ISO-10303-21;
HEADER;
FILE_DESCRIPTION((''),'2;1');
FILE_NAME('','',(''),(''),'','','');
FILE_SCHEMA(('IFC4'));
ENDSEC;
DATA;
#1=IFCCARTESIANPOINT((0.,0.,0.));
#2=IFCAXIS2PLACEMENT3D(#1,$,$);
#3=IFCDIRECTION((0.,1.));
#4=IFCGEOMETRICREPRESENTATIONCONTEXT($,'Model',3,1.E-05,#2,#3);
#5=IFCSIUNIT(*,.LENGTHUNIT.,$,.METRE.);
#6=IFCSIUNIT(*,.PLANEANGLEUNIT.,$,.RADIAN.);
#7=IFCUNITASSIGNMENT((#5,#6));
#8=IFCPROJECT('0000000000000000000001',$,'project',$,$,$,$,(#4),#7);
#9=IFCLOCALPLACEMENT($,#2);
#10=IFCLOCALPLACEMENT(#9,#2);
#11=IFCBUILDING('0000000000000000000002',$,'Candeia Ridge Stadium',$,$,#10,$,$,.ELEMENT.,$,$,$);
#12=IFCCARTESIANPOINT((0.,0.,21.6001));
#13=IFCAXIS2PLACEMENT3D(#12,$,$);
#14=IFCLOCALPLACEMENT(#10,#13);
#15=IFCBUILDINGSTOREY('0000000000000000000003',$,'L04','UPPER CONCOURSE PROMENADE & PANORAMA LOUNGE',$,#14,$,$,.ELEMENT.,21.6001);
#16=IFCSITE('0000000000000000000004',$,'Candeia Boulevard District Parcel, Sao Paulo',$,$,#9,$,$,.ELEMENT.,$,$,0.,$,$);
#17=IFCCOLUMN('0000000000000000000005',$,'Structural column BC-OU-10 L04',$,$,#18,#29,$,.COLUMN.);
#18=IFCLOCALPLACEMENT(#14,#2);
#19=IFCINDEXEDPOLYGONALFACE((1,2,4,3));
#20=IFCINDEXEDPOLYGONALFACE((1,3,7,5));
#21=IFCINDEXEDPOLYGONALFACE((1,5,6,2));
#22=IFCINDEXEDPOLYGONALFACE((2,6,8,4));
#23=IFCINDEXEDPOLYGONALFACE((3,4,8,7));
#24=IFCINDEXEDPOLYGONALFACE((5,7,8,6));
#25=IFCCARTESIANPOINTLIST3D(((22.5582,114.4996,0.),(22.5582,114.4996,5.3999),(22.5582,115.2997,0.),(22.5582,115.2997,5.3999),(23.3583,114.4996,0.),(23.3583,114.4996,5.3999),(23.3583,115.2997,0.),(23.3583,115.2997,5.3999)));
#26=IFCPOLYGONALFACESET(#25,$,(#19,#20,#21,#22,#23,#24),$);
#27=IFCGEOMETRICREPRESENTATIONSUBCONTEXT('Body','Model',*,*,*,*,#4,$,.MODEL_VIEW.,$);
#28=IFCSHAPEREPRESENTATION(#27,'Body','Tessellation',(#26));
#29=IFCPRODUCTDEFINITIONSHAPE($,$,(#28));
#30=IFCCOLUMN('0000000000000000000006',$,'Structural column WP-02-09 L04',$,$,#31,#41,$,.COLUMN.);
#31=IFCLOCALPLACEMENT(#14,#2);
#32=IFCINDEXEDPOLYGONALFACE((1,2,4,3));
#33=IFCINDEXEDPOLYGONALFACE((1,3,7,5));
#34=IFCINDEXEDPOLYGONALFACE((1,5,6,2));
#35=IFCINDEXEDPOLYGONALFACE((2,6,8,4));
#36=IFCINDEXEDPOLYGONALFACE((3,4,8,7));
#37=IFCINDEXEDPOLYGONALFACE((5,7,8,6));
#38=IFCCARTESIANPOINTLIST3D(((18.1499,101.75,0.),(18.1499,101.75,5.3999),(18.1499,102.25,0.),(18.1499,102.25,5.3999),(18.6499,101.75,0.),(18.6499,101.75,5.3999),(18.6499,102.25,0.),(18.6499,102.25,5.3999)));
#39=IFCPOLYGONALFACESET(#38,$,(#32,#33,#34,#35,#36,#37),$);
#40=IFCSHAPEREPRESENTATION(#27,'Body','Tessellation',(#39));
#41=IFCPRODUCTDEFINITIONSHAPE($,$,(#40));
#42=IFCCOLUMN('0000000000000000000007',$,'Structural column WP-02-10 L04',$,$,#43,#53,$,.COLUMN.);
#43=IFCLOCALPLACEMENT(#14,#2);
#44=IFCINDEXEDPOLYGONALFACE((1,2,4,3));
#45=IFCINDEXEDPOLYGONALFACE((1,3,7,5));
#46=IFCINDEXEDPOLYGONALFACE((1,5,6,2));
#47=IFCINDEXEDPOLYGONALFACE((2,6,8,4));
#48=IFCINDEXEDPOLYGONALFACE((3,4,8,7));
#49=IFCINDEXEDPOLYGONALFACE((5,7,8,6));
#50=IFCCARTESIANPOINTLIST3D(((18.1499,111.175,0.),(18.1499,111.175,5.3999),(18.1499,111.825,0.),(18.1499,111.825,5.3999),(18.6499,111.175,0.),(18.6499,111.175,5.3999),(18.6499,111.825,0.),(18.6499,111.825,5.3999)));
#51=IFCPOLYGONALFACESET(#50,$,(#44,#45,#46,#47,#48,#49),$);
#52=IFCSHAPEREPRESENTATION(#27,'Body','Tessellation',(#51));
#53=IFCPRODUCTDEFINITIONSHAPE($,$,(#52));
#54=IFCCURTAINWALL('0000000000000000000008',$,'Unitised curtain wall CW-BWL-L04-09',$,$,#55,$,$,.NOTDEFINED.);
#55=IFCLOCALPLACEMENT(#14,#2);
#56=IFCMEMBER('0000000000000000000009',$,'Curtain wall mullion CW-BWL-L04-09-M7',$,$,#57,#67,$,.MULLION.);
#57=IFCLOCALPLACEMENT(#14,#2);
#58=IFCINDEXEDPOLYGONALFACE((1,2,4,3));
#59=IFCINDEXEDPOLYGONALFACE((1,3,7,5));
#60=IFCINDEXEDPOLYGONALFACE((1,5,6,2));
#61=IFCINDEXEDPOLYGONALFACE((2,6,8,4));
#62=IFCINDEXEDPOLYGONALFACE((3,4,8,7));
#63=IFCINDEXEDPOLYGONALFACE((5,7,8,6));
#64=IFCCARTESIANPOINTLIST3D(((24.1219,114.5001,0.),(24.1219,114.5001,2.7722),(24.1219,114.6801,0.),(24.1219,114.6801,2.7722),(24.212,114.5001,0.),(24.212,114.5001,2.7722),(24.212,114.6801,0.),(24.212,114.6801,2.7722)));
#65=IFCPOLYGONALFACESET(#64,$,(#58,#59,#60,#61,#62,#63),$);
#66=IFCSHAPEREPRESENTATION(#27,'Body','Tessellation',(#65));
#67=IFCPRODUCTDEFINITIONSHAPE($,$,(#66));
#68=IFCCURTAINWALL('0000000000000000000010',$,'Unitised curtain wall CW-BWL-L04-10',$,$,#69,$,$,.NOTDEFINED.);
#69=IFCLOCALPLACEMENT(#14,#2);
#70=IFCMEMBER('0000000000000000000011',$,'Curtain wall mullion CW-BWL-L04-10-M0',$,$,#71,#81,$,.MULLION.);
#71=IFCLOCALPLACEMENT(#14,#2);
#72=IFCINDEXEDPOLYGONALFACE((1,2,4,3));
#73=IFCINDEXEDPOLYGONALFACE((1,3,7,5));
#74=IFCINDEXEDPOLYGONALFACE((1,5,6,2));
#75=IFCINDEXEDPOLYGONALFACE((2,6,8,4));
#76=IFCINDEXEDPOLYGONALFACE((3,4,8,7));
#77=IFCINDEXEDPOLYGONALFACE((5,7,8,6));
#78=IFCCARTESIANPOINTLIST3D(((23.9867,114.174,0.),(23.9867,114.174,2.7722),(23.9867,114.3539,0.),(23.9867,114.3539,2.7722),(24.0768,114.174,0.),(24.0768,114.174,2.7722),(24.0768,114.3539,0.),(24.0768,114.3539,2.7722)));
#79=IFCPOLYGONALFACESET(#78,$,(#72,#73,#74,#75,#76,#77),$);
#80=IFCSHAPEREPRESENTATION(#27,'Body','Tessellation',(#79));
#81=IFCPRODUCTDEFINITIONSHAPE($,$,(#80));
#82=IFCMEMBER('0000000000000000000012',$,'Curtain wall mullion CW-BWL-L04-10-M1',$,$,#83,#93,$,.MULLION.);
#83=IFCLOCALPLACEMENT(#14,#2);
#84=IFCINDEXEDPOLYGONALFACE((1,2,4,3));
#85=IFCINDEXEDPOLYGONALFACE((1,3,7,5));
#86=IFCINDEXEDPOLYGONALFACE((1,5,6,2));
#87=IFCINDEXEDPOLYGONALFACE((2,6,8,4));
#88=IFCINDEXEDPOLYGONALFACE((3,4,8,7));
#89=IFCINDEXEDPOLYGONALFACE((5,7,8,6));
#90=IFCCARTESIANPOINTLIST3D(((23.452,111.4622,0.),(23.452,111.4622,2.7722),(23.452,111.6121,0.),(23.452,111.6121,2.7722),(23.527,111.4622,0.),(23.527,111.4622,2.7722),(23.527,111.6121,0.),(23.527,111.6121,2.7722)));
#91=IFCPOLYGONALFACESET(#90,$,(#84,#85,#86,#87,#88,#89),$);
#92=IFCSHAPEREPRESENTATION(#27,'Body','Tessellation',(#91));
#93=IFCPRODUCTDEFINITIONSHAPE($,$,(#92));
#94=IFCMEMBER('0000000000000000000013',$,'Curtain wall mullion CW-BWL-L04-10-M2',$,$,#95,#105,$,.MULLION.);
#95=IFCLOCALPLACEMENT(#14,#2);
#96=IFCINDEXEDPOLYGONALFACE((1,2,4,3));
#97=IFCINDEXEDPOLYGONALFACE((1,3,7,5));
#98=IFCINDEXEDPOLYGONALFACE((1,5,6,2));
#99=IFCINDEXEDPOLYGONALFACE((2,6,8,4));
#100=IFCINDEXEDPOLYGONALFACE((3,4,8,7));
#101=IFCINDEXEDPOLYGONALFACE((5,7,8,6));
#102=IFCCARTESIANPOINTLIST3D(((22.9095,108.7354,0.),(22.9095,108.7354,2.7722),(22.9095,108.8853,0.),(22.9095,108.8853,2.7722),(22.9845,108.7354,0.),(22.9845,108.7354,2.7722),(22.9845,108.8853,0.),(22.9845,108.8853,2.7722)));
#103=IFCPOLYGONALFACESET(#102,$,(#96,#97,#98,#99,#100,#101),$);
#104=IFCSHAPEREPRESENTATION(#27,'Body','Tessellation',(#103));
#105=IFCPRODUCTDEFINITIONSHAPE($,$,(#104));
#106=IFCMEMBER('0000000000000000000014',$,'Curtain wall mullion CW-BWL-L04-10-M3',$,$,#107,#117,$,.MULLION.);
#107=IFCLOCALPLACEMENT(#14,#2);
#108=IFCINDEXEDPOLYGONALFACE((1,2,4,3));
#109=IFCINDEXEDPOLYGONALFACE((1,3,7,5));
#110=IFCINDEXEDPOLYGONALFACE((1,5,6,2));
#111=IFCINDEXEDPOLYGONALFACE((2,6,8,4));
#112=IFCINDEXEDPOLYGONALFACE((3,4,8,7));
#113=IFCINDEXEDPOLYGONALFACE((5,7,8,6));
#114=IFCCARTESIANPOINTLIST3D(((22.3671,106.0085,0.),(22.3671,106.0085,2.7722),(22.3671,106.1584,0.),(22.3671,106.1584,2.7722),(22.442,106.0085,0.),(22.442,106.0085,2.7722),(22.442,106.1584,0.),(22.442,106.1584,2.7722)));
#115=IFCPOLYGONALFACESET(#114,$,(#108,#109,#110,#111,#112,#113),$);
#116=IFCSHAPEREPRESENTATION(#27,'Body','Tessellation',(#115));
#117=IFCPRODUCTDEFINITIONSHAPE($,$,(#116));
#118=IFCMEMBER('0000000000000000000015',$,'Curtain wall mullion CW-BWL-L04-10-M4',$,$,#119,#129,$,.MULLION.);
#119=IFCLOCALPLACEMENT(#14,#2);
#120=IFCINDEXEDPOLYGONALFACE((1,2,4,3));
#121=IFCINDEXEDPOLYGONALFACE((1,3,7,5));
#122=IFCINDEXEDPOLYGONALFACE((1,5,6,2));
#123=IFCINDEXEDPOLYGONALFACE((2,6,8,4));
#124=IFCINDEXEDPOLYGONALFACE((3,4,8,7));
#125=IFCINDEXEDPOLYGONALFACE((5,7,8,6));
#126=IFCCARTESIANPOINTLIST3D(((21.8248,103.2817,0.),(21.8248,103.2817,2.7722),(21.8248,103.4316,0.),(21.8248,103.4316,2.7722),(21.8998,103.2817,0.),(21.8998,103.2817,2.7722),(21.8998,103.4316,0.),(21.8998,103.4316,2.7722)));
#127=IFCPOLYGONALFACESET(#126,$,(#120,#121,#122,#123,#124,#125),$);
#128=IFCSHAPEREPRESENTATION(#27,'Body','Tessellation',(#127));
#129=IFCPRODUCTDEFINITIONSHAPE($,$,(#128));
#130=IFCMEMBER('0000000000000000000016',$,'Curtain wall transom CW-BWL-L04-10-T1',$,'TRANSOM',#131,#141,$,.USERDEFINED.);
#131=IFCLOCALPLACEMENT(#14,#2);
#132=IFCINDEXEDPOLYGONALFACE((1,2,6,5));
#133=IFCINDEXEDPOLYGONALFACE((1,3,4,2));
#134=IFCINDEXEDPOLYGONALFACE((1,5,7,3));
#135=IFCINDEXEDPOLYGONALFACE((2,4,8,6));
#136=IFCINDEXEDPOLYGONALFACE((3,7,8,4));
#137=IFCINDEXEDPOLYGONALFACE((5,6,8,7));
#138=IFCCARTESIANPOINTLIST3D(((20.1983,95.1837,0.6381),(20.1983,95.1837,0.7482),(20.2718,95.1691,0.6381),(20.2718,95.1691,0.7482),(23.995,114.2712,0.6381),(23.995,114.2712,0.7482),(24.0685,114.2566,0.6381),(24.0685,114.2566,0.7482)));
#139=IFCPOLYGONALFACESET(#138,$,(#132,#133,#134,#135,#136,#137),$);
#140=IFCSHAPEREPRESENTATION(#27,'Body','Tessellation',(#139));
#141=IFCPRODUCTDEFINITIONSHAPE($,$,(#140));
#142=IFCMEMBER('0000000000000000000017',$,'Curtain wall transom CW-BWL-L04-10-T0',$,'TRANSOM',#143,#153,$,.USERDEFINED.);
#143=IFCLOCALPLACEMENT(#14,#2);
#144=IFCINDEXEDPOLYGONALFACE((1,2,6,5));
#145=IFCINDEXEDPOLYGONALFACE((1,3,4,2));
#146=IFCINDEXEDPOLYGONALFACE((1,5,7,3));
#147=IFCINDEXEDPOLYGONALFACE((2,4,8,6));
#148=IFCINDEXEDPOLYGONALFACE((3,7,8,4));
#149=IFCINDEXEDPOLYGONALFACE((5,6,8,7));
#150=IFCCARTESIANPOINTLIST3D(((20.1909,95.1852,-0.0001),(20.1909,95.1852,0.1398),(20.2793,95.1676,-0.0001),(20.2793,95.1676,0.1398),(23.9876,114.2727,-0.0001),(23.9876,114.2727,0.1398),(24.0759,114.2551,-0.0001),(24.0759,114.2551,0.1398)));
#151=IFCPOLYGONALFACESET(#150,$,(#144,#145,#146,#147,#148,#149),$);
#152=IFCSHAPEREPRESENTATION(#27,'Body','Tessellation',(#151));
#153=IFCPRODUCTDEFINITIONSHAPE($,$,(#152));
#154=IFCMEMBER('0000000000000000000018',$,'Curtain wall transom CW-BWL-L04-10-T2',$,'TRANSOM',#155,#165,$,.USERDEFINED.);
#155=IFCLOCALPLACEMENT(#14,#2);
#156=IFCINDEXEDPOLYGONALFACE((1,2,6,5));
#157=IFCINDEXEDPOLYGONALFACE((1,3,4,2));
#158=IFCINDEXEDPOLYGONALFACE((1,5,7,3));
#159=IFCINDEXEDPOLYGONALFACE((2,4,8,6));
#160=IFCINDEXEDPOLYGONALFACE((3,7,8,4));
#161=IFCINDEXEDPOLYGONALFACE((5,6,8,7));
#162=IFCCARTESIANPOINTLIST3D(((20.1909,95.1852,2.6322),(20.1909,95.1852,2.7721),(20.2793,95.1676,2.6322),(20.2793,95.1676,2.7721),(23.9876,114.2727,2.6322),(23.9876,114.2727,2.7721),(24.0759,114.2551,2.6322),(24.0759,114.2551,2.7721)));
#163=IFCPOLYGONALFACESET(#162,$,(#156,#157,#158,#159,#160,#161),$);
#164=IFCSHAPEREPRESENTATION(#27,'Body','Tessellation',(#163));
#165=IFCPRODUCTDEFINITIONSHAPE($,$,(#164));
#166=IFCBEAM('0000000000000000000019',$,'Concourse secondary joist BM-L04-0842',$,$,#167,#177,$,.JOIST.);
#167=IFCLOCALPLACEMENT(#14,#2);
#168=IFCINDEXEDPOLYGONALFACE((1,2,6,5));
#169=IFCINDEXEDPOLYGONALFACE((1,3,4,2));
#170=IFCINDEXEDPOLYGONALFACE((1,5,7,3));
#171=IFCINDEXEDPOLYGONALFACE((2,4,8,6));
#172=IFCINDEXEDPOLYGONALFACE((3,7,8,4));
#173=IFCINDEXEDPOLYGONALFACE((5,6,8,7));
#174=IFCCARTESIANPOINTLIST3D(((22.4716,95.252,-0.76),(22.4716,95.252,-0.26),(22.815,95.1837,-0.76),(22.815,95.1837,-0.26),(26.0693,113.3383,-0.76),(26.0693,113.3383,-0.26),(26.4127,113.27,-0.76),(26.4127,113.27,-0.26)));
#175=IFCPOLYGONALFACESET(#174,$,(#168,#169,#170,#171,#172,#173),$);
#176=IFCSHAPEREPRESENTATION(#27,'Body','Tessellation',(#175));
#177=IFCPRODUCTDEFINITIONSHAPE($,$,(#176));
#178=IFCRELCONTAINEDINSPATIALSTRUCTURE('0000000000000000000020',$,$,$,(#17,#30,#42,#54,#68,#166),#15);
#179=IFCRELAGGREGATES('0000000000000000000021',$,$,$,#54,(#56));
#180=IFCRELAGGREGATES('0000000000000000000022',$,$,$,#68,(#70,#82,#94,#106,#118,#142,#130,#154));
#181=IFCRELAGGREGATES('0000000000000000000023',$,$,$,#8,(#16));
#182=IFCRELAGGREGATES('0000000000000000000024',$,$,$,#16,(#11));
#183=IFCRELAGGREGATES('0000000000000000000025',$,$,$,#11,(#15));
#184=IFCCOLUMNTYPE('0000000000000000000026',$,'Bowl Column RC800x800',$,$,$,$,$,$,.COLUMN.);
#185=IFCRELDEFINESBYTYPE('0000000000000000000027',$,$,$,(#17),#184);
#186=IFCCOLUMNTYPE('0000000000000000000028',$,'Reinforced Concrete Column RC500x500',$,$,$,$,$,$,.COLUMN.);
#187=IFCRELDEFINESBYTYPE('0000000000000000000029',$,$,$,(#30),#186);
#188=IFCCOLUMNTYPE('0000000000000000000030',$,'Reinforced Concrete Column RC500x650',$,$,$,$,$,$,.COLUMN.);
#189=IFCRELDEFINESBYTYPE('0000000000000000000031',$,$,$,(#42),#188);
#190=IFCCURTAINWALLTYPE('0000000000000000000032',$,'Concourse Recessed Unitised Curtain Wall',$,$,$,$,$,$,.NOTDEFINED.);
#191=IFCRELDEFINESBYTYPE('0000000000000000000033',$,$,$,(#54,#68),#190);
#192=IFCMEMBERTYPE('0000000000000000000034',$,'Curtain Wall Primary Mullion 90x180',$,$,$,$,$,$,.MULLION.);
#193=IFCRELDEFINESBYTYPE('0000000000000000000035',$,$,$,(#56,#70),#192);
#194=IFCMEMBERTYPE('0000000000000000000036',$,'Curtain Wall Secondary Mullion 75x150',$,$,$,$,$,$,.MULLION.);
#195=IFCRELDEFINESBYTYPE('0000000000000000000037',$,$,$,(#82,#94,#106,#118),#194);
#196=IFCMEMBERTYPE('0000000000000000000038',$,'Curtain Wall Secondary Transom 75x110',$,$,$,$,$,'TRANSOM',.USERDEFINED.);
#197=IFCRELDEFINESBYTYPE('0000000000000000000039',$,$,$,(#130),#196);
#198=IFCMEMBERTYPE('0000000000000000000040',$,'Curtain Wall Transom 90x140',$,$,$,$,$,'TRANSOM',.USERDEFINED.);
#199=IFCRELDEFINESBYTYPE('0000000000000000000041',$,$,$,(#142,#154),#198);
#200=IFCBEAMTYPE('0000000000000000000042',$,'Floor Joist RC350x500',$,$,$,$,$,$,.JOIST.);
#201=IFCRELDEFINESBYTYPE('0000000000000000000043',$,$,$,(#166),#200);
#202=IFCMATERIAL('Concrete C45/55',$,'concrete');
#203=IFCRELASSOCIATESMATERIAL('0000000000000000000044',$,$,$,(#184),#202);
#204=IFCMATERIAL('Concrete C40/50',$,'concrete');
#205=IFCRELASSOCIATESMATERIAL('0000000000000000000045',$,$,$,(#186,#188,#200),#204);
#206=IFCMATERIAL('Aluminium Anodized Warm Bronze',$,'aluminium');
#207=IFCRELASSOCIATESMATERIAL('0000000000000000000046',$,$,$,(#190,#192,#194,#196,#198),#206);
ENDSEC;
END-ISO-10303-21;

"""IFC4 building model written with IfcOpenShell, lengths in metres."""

from ifc_helpers import new_model, si_unit, direction, frame, origin, origin_2d, place, context, subcontext, project, spatial, rectangle, extrude, material, material_profile, profile_set, type_object, element, aggregate, save


model = new_model("IFC4")

# Units and contexts
model_context = context("Model", 3, precision=1e-05, world=origin(), true_north=direction((0.0, 1.0)))
body_context = subcontext(model_context, "Body", "Model", "MODEL_VIEW")
ifc_project = project(units=[si_unit("LENGTHUNIT", "METRE"), si_unit("PLANEANGLEUNIT", "RADIAN")], contexts=[model_context])

# Site, building, storey
site_placement = place(None, origin())
site = spatial("IfcSite", under=ifc_project, at=site_placement, Name="Candeia Boulevard District Parcel, Sao Paulo", CompositionType="ELEMENT", RefElevation=0.0)
building_placement = place(site_placement, origin())
building = spatial("IfcBuilding", under=site, at=building_placement, Name="Candeia Ridge Stadium", CompositionType="ELEMENT")
storey_placement = place(building_placement, frame((0.0, 0.0, 21.6001)))
storey = spatial("IfcBuildingStorey", under=building, at=storey_placement, Name="L04", Description="UPPER CONCOURSE PROMENADE & PANORAMA LOUNGE", CompositionType="ELEMENT", Elevation=21.6001)

# Columns
ifc_material_1 = material(Name="Concrete C45/55", Category="concrete")
ifc_material_profile_1 = material_profile(ifc_material_1, rectangle(XDim=0.8, YDim=0.8, at=origin_2d()), Name="RC800x800", Category="concrete")
ifc_profile_set_1 = profile_set([ifc_material_profile_1], Name="Concrete C45/55")
column_type_1 = type_object("IfcColumnType", Name="Bowl Column RC800x800", PredefinedType="COLUMN", material=ifc_profile_set_1)
column_1_placement = place(storey_placement, frame((22.9583, 114.8997, 0.0), z_axis=(0.0, 0.0, 1.0), x_axis=(1.0, 0.0, 0.0)))
element("IfcColumn", 1, at=column_1_placement, inside=storey, type_object=column_type_1, Name="Structural column BC-OU-10 L04", PredefinedType="COLUMN", context=body_context, shape_type="SweptSolid", body=[
    extrude(rectangle(XDim=0.8, YDim=0.8, at=origin_2d()), origin(), (0.0, 0.0, 1.0), 5.3999),
])
ifc_material_2 = material(Name="Concrete C40/50", Category="concrete")
ifc_material_profile_2 = material_profile(ifc_material_2, rectangle(XDim=0.5, YDim=0.5, at=origin_2d()), Name="RC500x500", Category="concrete")
ifc_profile_set_2 = profile_set([ifc_material_profile_2], Name="Concrete C40/50")
column_type_2 = type_object("IfcColumnType", Name="Reinforced Concrete Column RC500x500", PredefinedType="COLUMN", material=ifc_profile_set_2)
column_2_placement = place(storey_placement, frame((18.3999, 102.0, 0.0), z_axis=(0.0, 0.0, 1.0), x_axis=(1.0, 0.0, 0.0)))
element("IfcColumn", 2, at=column_2_placement, inside=storey, type_object=column_type_2, Name="Structural column WP-02-09 L04", PredefinedType="COLUMN", context=body_context, shape_type="SweptSolid", body=[
    extrude(rectangle(XDim=0.5, YDim=0.5, at=origin_2d()), origin(), (0.0, 0.0, 1.0), 5.3999),
])
ifc_material_profile_3 = material_profile(ifc_material_2, rectangle(XDim=0.5, YDim=0.6499, at=origin_2d()), Name="RC500x650", Category="concrete")
ifc_profile_set_3 = profile_set([ifc_material_profile_3], Name="Concrete C40/50")
column_type_3 = type_object("IfcColumnType", Name="Reinforced Concrete Column RC500x650", PredefinedType="COLUMN", material=ifc_profile_set_3)
column_3_placement = place(storey_placement, frame((18.3999, 111.5, 0.0), z_axis=(0.0, 0.0, 1.0), x_axis=(1.0, 0.0, 0.0)))
element("IfcColumn", 3, at=column_3_placement, inside=storey, type_object=column_type_3, Name="Structural column WP-02-10 L04", PredefinedType="COLUMN", context=body_context, shape_type="SweptSolid", body=[
    extrude(rectangle(XDim=0.5, YDim=0.6499, at=origin_2d()), origin(), (0.0, 0.0, 1.0), 5.3999),
])

# Curtain wall, member
ifc_material_3 = material(Name="Aluminium Anodized Warm Bronze", Category="aluminium")
curtain_wall_type = type_object("IfcCurtainWallType", Name="Concourse Recessed Unitised Curtain Wall", PredefinedType="NOTDEFINED", material=ifc_material_3)
curtain_wall_1_placement = place(storey_placement, origin())
curtain_wall_1 = element("IfcCurtainWall", 4, at=curtain_wall_1_placement, inside=storey, type_object=curtain_wall_type, Name="Unitised curtain wall CW-BWL-L04-09", PredefinedType="NOTDEFINED")
ifc_material_profile_4 = material_profile(ifc_material_3, rectangle(XDim=0.0901, YDim=0.1799, at=origin_2d()), Name="CWM-90x180", Category="aluminium")
ifc_profile_set_4 = profile_set([ifc_material_profile_4], Name="Aluminium Anodized Warm Bronze")
member_type_1 = type_object("IfcMemberType", Name="Curtain Wall Primary Mullion 90x180", PredefinedType="MULLION", material=ifc_profile_set_4)
member_1_placement = place(storey_placement, frame((24.167, 114.5901, 0.0), z_axis=(0.0, 0.0, 1.0), x_axis=(1.0, 0.0, 0.0)))
member_1 = element("IfcMember", 5, at=member_1_placement, type_object=member_type_1, Name="Curtain wall mullion CW-BWL-L04-09-M7", PredefinedType="MULLION", context=body_context, shape_type="SweptSolid", body=[
    extrude(rectangle(XDim=0.0901, YDim=0.1799, at=origin_2d()), origin(), (0.0, 0.0, 1.0), 2.7722),
])
aggregate(curtain_wall_1, [member_1])

# Curtain wall, members
curtain_wall_2_placement = place(storey_placement, origin())
curtain_wall_2 = element("IfcCurtainWall", 6, at=curtain_wall_2_placement, inside=storey, type_object=curtain_wall_type, Name="Unitised curtain wall CW-BWL-L04-10", PredefinedType="NOTDEFINED")
member_2_placement = place(storey_placement, frame((24.0317, 114.2639, 0.0), z_axis=(0.0, 0.0, 1.0), x_axis=(1.0, 0.0, 0.0)))
member_2 = element("IfcMember", 7, at=member_2_placement, type_object=member_type_1, Name="Curtain wall mullion CW-BWL-L04-10-M0", PredefinedType="MULLION", context=body_context, shape_type="SweptSolid", body=[
    extrude(rectangle(XDim=0.0901, YDim=0.1799, at=origin_2d()), origin(), (0.0, 0.0, 1.0), 2.7722),
])
ifc_material_profile_5 = material_profile(ifc_material_3, rectangle(XDim=0.075, YDim=0.1499, at=origin_2d()), Name="CWM-75x150", Category="aluminium")
ifc_profile_set_5 = profile_set([ifc_material_profile_5], Name="Aluminium Anodized Warm Bronze")
member_type_2 = type_object("IfcMemberType", Name="Curtain Wall Secondary Mullion 75x150", PredefinedType="MULLION", material=ifc_profile_set_5)
member_3_placement = place(storey_placement, frame((23.4895, 111.5371, 0.0), z_axis=(0.0, 0.0, 1.0), x_axis=(1.0, 0.0, 0.0)))
member_3 = element("IfcMember", 8, at=member_3_placement, type_object=member_type_2, Name="Curtain wall mullion CW-BWL-L04-10-M1", PredefinedType="MULLION", context=body_context, shape_type="SweptSolid", body=[
    extrude(rectangle(XDim=0.075, YDim=0.1499, at=origin_2d()), origin(), (0.0, 0.0, 1.0), 2.7722),
])
member_4_placement = place(storey_placement, frame((22.947, 108.8103, 0.0), z_axis=(0.0, 0.0, 1.0), x_axis=(1.0, 0.0, 0.0)))
member_4 = element("IfcMember", 9, at=member_4_placement, type_object=member_type_2, Name="Curtain wall mullion CW-BWL-L04-10-M2", PredefinedType="MULLION", context=body_context, shape_type="SweptSolid", body=[
    extrude(rectangle(XDim=0.075, YDim=0.1499, at=origin_2d()), origin(), (0.0, 0.0, 1.0), 2.7722),
])
member_5_placement = place(storey_placement, frame((22.4045, 106.0835, 0.0), z_axis=(0.0, 0.0, 1.0), x_axis=(1.0, 0.0, 0.0)))
member_5 = element("IfcMember", 10, at=member_5_placement, type_object=member_type_2, Name="Curtain wall mullion CW-BWL-L04-10-M3", PredefinedType="MULLION", context=body_context, shape_type="SweptSolid", body=[
    extrude(rectangle(XDim=0.075, YDim=0.1499, at=origin_2d()), origin(), (0.0, 0.0, 1.0), 2.7722),
])
member_6_placement = place(storey_placement, frame((21.8623, 103.3567, 0.0), z_axis=(0.0, 0.0, 1.0), x_axis=(1.0, 0.0, 0.0)))
member_6 = element("IfcMember", 11, at=member_6_placement, type_object=member_type_2, Name="Curtain wall mullion CW-BWL-L04-10-M4", PredefinedType="MULLION", context=body_context, shape_type="SweptSolid", body=[
    extrude(rectangle(XDim=0.075, YDim=0.1499, at=origin_2d()), origin(), (0.0, 0.0, 1.0), 2.7722),
])
ifc_material_profile_6 = material_profile(ifc_material_3, rectangle(XDim=0.075, YDim=0.1101, at=origin_2d()), Name="CWT-75x110", Category="aluminium")
ifc_profile_set_6 = profile_set([ifc_material_profile_6], Name="Aluminium Anodized Warm Bronze")
member_type_3 = type_object("IfcMemberType", Name="Curtain Wall Secondary Transom 75x110", ElementType="TRANSOM", PredefinedType="USERDEFINED", material=ifc_profile_set_6)
member_7_placement = place(storey_placement, frame((24.0317, 114.2639, 0.6931), z_axis=(-0.195086, -0.980786, 0.0), x_axis=(0.980786, -0.195086, 0.0)))
member_7 = element("IfcMember", 12, at=member_7_placement, type_object=member_type_3, Name="Curtain wall transom CW-BWL-L04-10-T1", ObjectType="TRANSOM", PredefinedType="USERDEFINED", context=body_context, shape_type="SweptSolid", body=[
    extrude(rectangle(XDim=0.075, YDim=0.1101, at=origin_2d()), origin(), (0.0, 0.0, 1.0), 19.4614),
])
ifc_material_profile_7 = material_profile(ifc_material_3, rectangle(XDim=0.0901, YDim=0.1399, at=origin_2d()), Name="CWT-90x140", Category="aluminium")
ifc_profile_set_7 = profile_set([ifc_material_profile_7], Name="Aluminium Anodized Warm Bronze")
member_type_4 = type_object("IfcMemberType", Name="Curtain Wall Transom 90x140", ElementType="TRANSOM", PredefinedType="USERDEFINED", material=ifc_profile_set_7)
member_8_placement = place(storey_placement, frame((24.0317, 114.2639, 0.0698), z_axis=(-0.195086, -0.980786, 0.0), x_axis=(0.980786, -0.195086, 0.0)))
member_8 = element("IfcMember", 13, at=member_8_placement, type_object=member_type_4, Name="Curtain wall transom CW-BWL-L04-10-T0", ObjectType="TRANSOM", PredefinedType="USERDEFINED", context=body_context, shape_type="SweptSolid", body=[
    extrude(rectangle(XDim=0.0901, YDim=0.1399, at=origin_2d()), origin(), (0.0, 0.0, 1.0), 19.4614),
])
member_9_placement = place(storey_placement, frame((24.0317, 114.2639, 2.7021), z_axis=(-0.195086, -0.980786, 0.0), x_axis=(0.980786, -0.195086, 0.0)))
member_9 = element("IfcMember", 14, at=member_9_placement, type_object=member_type_4, Name="Curtain wall transom CW-BWL-L04-10-T2", ObjectType="TRANSOM", PredefinedType="USERDEFINED", context=body_context, shape_type="SweptSolid", body=[
    extrude(rectangle(XDim=0.0901, YDim=0.1399, at=origin_2d()), origin(), (0.0, 0.0, 1.0), 19.4614),
])

# Beam
ifc_material_profile_8 = material_profile(ifc_material_2, rectangle(XDim=0.3501, YDim=0.5, at=origin_2d()), Name="RC350x500", Category="concrete")
ifc_profile_set_8 = profile_set([ifc_material_profile_8], Name="Concrete C40/50")
beam_type_1 = type_object("IfcBeamType", Name="Floor Joist RC350x500", PredefinedType="JOIST", material=ifc_profile_set_8)
beam_1_placement = place(storey_placement, frame((26.241, 113.3042, -0.51), z_axis=(-0.195093, -0.980785, 0.0), x_axis=(0.980785, -0.195093, 0.0)))
element("IfcBeam", 15, at=beam_1_placement, inside=storey, type_object=beam_type_1, Name="Concourse secondary joist BM-L04-0842", PredefinedType="JOIST", context=body_context, shape_type="SweptSolid", body=[
    extrude(rectangle(XDim=0.3501, YDim=0.5, at=origin_2d()), origin(), (0.0, 0.0, 1.0), 18.4407),
])

aggregate(curtain_wall_2, [member_2, member_3, member_4, member_5, member_6, member_8, member_7, member_9])

save(model, "model.ifc")
